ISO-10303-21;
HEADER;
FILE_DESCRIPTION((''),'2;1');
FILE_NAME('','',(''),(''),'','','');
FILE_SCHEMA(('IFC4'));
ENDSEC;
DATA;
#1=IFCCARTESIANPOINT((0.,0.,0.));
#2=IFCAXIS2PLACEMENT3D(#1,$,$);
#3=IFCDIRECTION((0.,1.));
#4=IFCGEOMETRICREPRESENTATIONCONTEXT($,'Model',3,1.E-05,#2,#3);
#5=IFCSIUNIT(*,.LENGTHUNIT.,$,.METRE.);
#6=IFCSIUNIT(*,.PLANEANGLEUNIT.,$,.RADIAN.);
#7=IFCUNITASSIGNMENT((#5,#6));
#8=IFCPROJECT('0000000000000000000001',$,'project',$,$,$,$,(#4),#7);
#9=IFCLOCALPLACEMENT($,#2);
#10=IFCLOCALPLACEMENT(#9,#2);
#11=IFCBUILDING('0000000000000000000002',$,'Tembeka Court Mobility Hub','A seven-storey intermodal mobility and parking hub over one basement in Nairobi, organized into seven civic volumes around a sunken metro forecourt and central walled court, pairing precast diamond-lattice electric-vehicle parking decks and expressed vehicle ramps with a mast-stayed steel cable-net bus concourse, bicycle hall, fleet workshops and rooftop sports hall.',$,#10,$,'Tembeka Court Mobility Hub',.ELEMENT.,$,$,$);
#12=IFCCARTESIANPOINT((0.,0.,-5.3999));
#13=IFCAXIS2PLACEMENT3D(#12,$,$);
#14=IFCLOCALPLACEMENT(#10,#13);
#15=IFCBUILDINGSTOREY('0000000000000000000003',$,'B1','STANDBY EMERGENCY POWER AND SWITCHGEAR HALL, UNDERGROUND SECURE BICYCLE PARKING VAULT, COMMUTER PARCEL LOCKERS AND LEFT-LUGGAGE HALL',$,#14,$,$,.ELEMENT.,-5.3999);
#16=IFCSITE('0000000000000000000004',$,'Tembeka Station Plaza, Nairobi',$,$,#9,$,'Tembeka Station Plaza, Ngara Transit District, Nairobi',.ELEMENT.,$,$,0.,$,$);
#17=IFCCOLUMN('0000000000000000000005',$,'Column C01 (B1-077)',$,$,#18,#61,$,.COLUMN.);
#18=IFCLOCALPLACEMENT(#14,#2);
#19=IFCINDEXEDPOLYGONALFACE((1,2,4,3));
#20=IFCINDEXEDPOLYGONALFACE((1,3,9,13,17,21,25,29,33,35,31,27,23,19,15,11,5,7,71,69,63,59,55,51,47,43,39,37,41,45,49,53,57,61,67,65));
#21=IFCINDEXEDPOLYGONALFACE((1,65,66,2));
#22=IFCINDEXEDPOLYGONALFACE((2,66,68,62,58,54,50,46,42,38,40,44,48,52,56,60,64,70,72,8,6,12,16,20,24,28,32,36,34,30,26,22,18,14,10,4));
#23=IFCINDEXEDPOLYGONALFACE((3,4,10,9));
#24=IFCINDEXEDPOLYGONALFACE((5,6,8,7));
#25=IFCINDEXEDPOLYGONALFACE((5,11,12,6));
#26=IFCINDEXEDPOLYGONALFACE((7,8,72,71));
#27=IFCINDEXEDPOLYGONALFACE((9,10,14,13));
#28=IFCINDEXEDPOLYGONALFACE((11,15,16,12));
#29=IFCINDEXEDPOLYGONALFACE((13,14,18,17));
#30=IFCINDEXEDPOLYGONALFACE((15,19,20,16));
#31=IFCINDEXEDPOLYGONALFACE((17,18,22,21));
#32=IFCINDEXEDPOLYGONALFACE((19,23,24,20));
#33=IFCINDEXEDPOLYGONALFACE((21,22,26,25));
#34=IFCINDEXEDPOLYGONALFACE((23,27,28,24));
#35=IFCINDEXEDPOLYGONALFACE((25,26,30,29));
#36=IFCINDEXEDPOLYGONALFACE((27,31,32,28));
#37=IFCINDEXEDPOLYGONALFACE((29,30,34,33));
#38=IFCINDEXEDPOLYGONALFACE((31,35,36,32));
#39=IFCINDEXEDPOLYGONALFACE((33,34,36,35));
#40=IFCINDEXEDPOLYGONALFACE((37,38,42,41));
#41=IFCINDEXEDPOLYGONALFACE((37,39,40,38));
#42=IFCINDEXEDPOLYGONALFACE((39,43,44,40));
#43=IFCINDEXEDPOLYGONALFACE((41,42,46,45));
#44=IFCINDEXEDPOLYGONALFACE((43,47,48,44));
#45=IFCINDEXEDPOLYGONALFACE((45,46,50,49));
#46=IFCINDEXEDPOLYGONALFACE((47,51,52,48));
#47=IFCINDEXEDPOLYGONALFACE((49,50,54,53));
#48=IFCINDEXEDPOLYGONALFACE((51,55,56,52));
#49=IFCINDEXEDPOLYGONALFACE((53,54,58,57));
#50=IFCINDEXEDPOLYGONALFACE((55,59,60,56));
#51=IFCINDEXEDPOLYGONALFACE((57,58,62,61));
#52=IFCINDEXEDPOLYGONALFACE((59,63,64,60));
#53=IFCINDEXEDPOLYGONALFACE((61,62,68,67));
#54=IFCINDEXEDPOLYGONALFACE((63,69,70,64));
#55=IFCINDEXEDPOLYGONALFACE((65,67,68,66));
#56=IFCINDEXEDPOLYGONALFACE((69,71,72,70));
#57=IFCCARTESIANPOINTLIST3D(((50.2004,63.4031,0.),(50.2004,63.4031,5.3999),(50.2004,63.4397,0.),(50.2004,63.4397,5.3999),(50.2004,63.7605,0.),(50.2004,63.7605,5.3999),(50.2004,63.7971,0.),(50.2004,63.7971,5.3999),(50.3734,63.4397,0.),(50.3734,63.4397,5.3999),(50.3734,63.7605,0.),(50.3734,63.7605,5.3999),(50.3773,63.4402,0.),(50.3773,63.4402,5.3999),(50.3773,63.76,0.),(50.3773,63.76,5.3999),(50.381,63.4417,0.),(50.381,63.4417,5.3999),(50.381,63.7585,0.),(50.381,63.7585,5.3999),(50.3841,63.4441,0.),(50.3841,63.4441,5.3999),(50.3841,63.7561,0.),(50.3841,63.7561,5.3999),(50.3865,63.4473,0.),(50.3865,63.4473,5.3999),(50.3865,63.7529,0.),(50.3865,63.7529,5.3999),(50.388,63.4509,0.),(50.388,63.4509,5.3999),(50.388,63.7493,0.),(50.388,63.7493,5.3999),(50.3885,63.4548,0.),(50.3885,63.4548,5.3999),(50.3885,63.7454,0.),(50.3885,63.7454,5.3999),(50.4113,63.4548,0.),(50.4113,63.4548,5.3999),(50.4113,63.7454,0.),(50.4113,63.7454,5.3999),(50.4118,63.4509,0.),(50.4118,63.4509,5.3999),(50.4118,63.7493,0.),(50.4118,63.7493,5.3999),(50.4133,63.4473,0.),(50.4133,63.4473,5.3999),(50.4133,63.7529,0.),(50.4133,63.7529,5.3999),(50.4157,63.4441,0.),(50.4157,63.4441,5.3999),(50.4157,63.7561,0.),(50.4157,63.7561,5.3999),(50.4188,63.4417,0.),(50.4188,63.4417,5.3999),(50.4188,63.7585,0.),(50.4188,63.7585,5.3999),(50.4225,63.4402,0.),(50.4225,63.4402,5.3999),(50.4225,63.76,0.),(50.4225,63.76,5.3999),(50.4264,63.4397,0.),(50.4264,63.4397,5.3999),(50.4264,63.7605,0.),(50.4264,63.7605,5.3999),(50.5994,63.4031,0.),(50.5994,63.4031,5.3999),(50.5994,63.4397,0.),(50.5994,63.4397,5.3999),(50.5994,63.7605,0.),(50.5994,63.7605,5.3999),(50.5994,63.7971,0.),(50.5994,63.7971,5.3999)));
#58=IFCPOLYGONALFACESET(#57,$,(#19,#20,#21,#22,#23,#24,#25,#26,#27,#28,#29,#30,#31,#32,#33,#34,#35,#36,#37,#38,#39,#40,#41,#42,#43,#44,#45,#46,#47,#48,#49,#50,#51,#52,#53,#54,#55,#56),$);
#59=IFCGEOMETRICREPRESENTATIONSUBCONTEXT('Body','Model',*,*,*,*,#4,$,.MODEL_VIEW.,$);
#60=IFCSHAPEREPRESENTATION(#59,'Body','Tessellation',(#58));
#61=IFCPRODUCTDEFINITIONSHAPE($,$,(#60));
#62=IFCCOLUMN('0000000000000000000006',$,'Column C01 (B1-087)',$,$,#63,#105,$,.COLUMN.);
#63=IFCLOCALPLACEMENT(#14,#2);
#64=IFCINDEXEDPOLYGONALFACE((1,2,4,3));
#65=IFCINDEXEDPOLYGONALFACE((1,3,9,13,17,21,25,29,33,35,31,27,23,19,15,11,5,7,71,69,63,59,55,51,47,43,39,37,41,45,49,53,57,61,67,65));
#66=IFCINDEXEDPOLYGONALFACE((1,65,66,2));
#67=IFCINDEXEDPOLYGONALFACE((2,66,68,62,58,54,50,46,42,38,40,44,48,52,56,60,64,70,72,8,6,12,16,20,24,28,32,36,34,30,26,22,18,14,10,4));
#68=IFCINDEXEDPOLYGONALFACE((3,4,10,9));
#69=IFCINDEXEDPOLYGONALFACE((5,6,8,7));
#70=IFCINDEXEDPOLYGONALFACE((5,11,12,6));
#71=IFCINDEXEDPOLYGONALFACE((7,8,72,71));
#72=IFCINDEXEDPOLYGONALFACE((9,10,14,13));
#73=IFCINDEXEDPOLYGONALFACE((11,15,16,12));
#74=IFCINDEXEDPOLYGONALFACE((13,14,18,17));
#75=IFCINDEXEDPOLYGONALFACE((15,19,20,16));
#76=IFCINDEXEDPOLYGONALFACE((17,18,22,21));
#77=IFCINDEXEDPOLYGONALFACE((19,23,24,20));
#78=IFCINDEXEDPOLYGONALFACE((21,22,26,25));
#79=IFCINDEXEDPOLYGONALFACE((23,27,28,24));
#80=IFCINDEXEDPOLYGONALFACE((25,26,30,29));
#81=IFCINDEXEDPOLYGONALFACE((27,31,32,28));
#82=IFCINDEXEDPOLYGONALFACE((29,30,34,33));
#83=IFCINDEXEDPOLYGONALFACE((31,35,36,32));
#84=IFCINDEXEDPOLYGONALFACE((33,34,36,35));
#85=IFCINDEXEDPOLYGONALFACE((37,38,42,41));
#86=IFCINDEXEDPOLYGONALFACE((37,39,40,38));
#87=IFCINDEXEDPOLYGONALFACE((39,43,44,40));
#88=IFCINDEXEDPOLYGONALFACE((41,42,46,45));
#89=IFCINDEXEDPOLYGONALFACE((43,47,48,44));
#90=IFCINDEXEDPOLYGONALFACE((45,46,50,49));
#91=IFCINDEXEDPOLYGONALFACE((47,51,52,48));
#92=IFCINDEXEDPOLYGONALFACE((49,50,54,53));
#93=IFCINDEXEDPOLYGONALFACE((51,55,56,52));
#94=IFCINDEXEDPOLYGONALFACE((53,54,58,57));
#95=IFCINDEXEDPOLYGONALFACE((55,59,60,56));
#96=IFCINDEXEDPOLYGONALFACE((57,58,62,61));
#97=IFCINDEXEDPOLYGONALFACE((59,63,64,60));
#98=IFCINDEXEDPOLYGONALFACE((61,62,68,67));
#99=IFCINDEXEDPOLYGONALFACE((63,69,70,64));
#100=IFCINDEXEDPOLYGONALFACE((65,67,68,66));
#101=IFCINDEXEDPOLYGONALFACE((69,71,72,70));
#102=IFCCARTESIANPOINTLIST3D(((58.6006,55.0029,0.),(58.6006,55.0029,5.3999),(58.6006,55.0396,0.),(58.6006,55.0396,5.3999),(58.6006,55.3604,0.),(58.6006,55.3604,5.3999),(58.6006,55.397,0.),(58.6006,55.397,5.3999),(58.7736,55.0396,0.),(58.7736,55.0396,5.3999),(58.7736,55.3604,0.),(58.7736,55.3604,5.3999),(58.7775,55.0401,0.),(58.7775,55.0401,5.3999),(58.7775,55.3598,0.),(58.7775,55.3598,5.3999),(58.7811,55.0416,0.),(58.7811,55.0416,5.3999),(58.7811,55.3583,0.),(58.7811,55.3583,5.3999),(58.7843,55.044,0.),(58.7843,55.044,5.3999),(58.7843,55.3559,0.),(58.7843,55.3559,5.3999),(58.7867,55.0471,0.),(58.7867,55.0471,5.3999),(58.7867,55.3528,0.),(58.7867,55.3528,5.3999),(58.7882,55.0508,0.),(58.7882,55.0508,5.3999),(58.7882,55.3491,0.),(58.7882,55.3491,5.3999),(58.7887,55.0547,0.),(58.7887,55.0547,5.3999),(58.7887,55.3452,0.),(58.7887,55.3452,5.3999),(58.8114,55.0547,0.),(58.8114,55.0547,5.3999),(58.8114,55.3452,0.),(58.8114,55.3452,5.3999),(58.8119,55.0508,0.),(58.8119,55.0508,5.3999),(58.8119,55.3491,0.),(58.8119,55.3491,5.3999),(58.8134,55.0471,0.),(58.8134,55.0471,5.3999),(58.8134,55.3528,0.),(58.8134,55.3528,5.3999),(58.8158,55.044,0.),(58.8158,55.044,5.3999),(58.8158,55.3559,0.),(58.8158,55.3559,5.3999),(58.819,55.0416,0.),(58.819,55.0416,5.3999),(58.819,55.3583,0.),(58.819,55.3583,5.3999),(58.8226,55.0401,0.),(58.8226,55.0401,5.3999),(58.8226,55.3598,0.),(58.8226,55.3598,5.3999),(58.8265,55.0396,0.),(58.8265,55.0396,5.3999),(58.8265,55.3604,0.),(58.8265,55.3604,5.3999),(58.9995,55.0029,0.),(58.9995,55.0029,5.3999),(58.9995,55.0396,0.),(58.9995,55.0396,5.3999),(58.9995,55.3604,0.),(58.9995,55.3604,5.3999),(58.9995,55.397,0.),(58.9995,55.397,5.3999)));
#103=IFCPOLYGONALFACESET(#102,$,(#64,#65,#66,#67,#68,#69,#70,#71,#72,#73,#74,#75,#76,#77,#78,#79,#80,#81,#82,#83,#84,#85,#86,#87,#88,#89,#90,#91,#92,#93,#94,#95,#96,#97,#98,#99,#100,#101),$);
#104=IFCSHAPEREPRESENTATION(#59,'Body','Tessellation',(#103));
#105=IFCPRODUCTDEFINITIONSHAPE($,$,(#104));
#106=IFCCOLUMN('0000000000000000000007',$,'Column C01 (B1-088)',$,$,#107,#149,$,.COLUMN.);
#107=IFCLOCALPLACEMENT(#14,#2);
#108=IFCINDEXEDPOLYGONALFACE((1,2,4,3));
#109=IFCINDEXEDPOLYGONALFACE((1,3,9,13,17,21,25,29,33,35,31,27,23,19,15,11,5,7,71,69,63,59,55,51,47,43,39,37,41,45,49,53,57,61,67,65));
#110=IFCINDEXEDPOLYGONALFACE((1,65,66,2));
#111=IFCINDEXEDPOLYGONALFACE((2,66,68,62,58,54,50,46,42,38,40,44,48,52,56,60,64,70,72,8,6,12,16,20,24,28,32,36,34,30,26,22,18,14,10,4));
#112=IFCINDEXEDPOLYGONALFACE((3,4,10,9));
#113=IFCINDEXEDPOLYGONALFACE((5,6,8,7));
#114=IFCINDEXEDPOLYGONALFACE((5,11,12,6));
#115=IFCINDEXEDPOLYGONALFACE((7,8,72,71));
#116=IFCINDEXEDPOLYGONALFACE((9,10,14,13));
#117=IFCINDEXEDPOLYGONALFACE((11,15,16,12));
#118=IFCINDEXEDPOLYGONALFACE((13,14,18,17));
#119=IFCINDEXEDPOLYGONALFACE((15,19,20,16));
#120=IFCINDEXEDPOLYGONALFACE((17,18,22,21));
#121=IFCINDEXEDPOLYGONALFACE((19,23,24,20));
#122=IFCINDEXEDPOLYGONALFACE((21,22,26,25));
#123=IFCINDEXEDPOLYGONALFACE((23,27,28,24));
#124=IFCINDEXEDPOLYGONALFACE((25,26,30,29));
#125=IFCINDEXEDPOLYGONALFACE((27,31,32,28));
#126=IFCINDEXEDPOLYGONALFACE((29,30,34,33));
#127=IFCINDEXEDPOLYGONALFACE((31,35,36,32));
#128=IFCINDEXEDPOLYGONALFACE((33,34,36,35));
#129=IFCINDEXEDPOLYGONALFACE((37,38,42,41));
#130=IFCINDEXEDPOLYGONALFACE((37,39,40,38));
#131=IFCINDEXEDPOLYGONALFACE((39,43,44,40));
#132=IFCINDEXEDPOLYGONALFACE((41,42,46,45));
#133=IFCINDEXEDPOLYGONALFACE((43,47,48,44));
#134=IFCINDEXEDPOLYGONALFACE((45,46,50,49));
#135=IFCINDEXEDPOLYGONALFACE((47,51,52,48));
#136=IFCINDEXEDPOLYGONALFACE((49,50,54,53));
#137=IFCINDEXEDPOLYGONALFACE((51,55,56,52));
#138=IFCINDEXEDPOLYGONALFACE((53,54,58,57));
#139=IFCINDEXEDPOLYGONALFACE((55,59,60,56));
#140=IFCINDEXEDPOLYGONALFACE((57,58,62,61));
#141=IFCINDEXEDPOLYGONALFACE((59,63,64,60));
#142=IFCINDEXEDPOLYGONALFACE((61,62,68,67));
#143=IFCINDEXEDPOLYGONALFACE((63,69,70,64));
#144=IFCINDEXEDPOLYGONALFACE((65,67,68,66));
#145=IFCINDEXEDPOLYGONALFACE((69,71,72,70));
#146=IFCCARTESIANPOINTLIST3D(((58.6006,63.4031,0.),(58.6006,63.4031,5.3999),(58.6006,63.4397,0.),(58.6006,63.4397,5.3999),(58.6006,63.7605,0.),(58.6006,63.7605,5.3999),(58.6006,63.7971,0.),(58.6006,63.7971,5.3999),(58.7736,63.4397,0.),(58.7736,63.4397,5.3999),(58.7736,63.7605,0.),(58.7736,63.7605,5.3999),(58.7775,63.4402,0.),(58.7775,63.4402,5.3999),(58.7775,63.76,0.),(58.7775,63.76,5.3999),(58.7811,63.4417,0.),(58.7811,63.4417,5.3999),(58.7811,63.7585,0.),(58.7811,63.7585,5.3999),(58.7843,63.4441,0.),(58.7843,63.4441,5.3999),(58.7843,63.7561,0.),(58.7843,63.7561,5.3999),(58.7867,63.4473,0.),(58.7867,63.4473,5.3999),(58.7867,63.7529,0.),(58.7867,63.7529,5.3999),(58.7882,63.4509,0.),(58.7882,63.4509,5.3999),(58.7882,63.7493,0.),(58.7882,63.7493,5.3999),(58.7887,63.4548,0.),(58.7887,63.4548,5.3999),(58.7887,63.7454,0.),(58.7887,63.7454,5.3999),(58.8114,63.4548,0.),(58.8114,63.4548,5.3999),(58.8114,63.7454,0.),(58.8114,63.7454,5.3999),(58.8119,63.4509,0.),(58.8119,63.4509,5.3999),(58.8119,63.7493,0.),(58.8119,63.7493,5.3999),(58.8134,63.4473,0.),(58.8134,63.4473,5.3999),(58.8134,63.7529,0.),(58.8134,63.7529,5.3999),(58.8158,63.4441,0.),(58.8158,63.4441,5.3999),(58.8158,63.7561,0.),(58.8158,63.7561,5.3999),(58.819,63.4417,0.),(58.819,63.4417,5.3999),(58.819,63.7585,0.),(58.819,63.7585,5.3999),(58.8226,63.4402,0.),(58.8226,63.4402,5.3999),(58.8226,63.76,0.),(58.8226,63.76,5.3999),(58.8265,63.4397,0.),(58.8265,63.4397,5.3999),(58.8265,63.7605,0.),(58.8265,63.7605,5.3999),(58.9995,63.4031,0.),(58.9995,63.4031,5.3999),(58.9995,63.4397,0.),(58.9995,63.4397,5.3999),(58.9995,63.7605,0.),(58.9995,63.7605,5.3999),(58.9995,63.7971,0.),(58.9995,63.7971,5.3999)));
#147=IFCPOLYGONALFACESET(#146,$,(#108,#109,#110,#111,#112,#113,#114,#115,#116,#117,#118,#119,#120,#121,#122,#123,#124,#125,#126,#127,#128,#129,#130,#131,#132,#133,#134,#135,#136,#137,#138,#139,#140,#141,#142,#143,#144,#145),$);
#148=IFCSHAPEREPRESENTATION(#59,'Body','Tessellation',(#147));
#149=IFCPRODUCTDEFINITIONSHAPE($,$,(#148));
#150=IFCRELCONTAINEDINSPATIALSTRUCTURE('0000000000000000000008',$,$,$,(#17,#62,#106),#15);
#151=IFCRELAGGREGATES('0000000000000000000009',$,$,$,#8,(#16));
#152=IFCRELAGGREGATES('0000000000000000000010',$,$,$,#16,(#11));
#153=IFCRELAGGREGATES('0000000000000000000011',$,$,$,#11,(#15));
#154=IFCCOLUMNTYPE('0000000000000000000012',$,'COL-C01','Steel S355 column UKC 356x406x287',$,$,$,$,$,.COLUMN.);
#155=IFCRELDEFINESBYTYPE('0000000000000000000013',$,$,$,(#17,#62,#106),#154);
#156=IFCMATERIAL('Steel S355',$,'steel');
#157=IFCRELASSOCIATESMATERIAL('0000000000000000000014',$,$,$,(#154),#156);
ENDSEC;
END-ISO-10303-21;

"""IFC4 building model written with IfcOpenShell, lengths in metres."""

from ifc_helpers import new_model, si_unit, direction, frame, origin, origin_2d, place, context, subcontext, project, spatial, i_section, extrude, material, material_profile, profile_set, type_object, element, save


model = new_model("IFC4")

# Units and contexts
model_context = context("Model", 3, precision=1e-05, world=origin(), true_north=direction((0.0, 1.0)))
body_context = subcontext(model_context, "Body", "Model", "MODEL_VIEW")
ifc_project = project(units=[si_unit("LENGTHUNIT", "METRE"), si_unit("PLANEANGLEUNIT", "RADIAN")], contexts=[model_context])

# Site, building, storey
site_placement = place(None, origin())
site = spatial("IfcSite", under=ifc_project, at=site_placement, Name="Tembeka Station Plaza, Nairobi", LongName="Tembeka Station Plaza, Ngara Transit District, Nairobi", CompositionType="ELEMENT", RefElevation=0.0)
building_placement = place(site_placement, origin())
building = spatial("IfcBuilding", under=site, at=building_placement, Name="Tembeka Court Mobility Hub", Description="A seven-storey intermodal mobility and parking hub over one basement in Nairobi, organized into seven civic volumes around a sunken metro forecourt and central walled court, pairing precast diamond-lattice electric-vehicle parking decks and expressed vehicle ramps with a mast-stayed steel cable-net bus concourse, bicycle hall, fleet workshops and rooftop sports hall.", LongName="Tembeka Court Mobility Hub", CompositionType="ELEMENT")
storey_placement = place(building_placement, frame((0.0, 0.0, -5.3999)))
storey = spatial("IfcBuildingStorey", under=building, at=storey_placement, Name="B1", Description="STANDBY EMERGENCY POWER AND SWITCHGEAR HALL, UNDERGROUND SECURE BICYCLE PARKING VAULT, COMMUTER PARCEL LOCKERS AND LEFT-LUGGAGE HALL", CompositionType="ELEMENT", Elevation=-5.3999)

# Columns
ifc_material_1 = material(Name="Steel S355", Category="steel")
ifc_material_profile_1 = material_profile(ifc_material_1, i_section(OverallWidth=0.3989, OverallDepth=0.394, WebThickness=0.0227, FlangeThickness=0.0366, FilletRadius=0.0151, at=origin_2d()), Name="UKC 356x406x287")
ifc_profile_set_1 = profile_set([ifc_material_profile_1], Name="Steel S355")
column_type = type_object("IfcColumnType", Name="COL-C01", Description="Steel S355 column UKC 356x406x287", PredefinedType="COLUMN", material=ifc_profile_set_1)
for number, where, z_axis, x_axis, name in (
    (1, (50.3999, 63.6001, 0.0), (0.0, 0.0, 1.0), (1.0, 0.0, 0.0), "Column C01 (B1-077)"),
    (2, (58.8, 55.2, 0.0), (0.0, 0.0, 1.0), (1.0, 0.0, 0.0), "Column C01 (B1-087)"),
    (3, (58.8, 63.6001, 0.0), (0.0, 0.0, 1.0), (1.0, 0.0, 0.0), "Column C01 (B1-088)"),
):
    element("IfcColumn", number, at=place(storey_placement, frame(where, z_axis=z_axis, x_axis=x_axis)), inside=storey, type_object=column_type, Name=name, PredefinedType="COLUMN", context=body_context, shape_type="SweptSolid", body=[
        extrude(i_section(OverallWidth=0.3989, OverallDepth=0.394, WebThickness=0.0227, FlangeThickness=0.0366, FilletRadius=0.0151, at=origin_2d()), origin(), (0.0, 0.0, 1.0), 5.3999),
    ])

save(model, "model.ifc")
